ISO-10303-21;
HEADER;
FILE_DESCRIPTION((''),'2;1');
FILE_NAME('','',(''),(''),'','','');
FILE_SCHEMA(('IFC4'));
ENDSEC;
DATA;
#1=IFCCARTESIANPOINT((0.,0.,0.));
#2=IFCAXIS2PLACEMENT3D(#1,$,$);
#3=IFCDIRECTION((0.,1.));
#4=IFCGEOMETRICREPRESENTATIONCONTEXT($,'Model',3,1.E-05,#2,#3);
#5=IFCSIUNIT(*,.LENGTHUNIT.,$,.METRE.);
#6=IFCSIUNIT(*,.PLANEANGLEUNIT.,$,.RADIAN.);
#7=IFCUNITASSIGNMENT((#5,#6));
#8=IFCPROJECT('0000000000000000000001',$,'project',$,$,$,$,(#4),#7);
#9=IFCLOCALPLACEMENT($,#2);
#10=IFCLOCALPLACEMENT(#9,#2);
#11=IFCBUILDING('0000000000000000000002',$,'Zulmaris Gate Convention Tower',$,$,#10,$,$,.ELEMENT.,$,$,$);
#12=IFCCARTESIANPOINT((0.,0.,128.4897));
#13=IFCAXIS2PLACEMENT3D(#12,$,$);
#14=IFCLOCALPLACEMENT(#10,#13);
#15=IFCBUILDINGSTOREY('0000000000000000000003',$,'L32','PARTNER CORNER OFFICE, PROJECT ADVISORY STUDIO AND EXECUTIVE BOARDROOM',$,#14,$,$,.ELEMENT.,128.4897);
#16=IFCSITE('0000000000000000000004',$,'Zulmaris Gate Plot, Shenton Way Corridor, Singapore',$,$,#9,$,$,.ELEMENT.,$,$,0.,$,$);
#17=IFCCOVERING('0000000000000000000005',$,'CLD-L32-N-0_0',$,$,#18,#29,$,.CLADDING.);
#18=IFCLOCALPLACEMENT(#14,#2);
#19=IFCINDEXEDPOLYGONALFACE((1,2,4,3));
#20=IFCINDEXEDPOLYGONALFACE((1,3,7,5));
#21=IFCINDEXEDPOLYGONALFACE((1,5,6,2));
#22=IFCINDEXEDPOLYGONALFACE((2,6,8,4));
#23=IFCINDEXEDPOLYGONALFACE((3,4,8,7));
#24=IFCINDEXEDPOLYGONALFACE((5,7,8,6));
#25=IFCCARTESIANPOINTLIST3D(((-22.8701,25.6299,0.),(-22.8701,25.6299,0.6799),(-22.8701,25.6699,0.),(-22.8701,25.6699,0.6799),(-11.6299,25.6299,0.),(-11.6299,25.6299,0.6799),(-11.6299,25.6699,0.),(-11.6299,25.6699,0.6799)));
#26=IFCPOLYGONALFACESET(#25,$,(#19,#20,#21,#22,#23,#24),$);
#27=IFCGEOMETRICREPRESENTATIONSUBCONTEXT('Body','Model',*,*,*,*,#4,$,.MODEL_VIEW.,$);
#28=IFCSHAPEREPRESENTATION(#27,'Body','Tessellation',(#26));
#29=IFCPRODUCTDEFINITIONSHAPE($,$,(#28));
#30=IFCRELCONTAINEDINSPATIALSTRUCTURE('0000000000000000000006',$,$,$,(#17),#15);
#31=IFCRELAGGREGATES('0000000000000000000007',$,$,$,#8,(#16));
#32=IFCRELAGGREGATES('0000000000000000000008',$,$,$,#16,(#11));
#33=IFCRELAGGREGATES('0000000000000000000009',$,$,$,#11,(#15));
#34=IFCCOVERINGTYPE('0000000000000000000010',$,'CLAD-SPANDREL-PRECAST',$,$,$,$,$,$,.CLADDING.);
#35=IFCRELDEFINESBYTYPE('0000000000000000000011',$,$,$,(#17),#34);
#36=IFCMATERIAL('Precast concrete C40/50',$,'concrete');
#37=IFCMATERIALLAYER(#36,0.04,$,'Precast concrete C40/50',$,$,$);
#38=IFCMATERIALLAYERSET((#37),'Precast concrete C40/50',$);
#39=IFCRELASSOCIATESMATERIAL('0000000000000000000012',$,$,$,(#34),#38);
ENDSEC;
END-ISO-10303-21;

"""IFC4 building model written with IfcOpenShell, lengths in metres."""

from ifc_helpers import new_model, si_unit, direction, frame, frame_2d, origin, place, context, subcontext, project, spatial, rectangle, extrude, material, layer, layer_set, type_object, element, save


model = new_model("IFC4")

# Units and contexts
model_context = context("Model", 3, precision=1e-05, world=origin(), true_north=direction((0.0, 1.0)))
body_context = subcontext(model_context, "Body", "Model", "MODEL_VIEW")
ifc_project = project(units=[si_unit("LENGTHUNIT", "METRE"), si_unit("PLANEANGLEUNIT", "RADIAN")], contexts=[model_context])

# Site, building, storey
site_placement = place(None, origin())
site = spatial("IfcSite", under=ifc_project, at=site_placement, Name="Zulmaris Gate Plot, Shenton Way Corridor, Singapore", CompositionType="ELEMENT", RefElevation=0.0)
building_placement = place(site_placement, origin())
building = spatial("IfcBuilding", under=site, at=building_placement, Name="Zulmaris Gate Convention Tower", CompositionType="ELEMENT")
storey_placement = place(building_placement, frame((0.0, 0.0, 128.4897)))
storey = spatial("IfcBuildingStorey", under=building, at=storey_placement, Name="L32", Description="PARTNER CORNER OFFICE, PROJECT ADVISORY STUDIO AND EXECUTIVE BOARDROOM", CompositionType="ELEMENT", Elevation=128.4897)

# Shared definitions
ifc_material_1 = material(Name="Precast concrete C40/50", Category="concrete")

# Covering
ifc_layer_1 = layer(ifc_material_1, 0.04, Name="Precast concrete C40/50")
ifc_layer_set_1 = layer_set([ifc_layer_1], Name="Precast concrete C40/50")
covering_type = type_object("IfcCoveringType", Name="CLAD-SPANDREL-PRECAST", PredefinedType="CLADDING", material=ifc_layer_set_1)
covering_placement = place(storey_placement, frame((-11.6299, 25.6499, 0.0), z_axis=(0.0, 0.0, 1.0), x_axis=(-1.0, 0.0, 0.0)))
element("IfcCovering", 1, at=covering_placement, inside=storey, type_object=covering_type, Name="CLD-L32-N-0_0", PredefinedType="CLADDING", context=body_context, shape_type="SweptSolid", body=[
    extrude(rectangle(XDim=11.2402, YDim=0.04, at=frame_2d((5.6201, 0.0))), origin(), (0.0, 0.0, 1.0), 0.6799),
])

save(model, "model.ifc")
